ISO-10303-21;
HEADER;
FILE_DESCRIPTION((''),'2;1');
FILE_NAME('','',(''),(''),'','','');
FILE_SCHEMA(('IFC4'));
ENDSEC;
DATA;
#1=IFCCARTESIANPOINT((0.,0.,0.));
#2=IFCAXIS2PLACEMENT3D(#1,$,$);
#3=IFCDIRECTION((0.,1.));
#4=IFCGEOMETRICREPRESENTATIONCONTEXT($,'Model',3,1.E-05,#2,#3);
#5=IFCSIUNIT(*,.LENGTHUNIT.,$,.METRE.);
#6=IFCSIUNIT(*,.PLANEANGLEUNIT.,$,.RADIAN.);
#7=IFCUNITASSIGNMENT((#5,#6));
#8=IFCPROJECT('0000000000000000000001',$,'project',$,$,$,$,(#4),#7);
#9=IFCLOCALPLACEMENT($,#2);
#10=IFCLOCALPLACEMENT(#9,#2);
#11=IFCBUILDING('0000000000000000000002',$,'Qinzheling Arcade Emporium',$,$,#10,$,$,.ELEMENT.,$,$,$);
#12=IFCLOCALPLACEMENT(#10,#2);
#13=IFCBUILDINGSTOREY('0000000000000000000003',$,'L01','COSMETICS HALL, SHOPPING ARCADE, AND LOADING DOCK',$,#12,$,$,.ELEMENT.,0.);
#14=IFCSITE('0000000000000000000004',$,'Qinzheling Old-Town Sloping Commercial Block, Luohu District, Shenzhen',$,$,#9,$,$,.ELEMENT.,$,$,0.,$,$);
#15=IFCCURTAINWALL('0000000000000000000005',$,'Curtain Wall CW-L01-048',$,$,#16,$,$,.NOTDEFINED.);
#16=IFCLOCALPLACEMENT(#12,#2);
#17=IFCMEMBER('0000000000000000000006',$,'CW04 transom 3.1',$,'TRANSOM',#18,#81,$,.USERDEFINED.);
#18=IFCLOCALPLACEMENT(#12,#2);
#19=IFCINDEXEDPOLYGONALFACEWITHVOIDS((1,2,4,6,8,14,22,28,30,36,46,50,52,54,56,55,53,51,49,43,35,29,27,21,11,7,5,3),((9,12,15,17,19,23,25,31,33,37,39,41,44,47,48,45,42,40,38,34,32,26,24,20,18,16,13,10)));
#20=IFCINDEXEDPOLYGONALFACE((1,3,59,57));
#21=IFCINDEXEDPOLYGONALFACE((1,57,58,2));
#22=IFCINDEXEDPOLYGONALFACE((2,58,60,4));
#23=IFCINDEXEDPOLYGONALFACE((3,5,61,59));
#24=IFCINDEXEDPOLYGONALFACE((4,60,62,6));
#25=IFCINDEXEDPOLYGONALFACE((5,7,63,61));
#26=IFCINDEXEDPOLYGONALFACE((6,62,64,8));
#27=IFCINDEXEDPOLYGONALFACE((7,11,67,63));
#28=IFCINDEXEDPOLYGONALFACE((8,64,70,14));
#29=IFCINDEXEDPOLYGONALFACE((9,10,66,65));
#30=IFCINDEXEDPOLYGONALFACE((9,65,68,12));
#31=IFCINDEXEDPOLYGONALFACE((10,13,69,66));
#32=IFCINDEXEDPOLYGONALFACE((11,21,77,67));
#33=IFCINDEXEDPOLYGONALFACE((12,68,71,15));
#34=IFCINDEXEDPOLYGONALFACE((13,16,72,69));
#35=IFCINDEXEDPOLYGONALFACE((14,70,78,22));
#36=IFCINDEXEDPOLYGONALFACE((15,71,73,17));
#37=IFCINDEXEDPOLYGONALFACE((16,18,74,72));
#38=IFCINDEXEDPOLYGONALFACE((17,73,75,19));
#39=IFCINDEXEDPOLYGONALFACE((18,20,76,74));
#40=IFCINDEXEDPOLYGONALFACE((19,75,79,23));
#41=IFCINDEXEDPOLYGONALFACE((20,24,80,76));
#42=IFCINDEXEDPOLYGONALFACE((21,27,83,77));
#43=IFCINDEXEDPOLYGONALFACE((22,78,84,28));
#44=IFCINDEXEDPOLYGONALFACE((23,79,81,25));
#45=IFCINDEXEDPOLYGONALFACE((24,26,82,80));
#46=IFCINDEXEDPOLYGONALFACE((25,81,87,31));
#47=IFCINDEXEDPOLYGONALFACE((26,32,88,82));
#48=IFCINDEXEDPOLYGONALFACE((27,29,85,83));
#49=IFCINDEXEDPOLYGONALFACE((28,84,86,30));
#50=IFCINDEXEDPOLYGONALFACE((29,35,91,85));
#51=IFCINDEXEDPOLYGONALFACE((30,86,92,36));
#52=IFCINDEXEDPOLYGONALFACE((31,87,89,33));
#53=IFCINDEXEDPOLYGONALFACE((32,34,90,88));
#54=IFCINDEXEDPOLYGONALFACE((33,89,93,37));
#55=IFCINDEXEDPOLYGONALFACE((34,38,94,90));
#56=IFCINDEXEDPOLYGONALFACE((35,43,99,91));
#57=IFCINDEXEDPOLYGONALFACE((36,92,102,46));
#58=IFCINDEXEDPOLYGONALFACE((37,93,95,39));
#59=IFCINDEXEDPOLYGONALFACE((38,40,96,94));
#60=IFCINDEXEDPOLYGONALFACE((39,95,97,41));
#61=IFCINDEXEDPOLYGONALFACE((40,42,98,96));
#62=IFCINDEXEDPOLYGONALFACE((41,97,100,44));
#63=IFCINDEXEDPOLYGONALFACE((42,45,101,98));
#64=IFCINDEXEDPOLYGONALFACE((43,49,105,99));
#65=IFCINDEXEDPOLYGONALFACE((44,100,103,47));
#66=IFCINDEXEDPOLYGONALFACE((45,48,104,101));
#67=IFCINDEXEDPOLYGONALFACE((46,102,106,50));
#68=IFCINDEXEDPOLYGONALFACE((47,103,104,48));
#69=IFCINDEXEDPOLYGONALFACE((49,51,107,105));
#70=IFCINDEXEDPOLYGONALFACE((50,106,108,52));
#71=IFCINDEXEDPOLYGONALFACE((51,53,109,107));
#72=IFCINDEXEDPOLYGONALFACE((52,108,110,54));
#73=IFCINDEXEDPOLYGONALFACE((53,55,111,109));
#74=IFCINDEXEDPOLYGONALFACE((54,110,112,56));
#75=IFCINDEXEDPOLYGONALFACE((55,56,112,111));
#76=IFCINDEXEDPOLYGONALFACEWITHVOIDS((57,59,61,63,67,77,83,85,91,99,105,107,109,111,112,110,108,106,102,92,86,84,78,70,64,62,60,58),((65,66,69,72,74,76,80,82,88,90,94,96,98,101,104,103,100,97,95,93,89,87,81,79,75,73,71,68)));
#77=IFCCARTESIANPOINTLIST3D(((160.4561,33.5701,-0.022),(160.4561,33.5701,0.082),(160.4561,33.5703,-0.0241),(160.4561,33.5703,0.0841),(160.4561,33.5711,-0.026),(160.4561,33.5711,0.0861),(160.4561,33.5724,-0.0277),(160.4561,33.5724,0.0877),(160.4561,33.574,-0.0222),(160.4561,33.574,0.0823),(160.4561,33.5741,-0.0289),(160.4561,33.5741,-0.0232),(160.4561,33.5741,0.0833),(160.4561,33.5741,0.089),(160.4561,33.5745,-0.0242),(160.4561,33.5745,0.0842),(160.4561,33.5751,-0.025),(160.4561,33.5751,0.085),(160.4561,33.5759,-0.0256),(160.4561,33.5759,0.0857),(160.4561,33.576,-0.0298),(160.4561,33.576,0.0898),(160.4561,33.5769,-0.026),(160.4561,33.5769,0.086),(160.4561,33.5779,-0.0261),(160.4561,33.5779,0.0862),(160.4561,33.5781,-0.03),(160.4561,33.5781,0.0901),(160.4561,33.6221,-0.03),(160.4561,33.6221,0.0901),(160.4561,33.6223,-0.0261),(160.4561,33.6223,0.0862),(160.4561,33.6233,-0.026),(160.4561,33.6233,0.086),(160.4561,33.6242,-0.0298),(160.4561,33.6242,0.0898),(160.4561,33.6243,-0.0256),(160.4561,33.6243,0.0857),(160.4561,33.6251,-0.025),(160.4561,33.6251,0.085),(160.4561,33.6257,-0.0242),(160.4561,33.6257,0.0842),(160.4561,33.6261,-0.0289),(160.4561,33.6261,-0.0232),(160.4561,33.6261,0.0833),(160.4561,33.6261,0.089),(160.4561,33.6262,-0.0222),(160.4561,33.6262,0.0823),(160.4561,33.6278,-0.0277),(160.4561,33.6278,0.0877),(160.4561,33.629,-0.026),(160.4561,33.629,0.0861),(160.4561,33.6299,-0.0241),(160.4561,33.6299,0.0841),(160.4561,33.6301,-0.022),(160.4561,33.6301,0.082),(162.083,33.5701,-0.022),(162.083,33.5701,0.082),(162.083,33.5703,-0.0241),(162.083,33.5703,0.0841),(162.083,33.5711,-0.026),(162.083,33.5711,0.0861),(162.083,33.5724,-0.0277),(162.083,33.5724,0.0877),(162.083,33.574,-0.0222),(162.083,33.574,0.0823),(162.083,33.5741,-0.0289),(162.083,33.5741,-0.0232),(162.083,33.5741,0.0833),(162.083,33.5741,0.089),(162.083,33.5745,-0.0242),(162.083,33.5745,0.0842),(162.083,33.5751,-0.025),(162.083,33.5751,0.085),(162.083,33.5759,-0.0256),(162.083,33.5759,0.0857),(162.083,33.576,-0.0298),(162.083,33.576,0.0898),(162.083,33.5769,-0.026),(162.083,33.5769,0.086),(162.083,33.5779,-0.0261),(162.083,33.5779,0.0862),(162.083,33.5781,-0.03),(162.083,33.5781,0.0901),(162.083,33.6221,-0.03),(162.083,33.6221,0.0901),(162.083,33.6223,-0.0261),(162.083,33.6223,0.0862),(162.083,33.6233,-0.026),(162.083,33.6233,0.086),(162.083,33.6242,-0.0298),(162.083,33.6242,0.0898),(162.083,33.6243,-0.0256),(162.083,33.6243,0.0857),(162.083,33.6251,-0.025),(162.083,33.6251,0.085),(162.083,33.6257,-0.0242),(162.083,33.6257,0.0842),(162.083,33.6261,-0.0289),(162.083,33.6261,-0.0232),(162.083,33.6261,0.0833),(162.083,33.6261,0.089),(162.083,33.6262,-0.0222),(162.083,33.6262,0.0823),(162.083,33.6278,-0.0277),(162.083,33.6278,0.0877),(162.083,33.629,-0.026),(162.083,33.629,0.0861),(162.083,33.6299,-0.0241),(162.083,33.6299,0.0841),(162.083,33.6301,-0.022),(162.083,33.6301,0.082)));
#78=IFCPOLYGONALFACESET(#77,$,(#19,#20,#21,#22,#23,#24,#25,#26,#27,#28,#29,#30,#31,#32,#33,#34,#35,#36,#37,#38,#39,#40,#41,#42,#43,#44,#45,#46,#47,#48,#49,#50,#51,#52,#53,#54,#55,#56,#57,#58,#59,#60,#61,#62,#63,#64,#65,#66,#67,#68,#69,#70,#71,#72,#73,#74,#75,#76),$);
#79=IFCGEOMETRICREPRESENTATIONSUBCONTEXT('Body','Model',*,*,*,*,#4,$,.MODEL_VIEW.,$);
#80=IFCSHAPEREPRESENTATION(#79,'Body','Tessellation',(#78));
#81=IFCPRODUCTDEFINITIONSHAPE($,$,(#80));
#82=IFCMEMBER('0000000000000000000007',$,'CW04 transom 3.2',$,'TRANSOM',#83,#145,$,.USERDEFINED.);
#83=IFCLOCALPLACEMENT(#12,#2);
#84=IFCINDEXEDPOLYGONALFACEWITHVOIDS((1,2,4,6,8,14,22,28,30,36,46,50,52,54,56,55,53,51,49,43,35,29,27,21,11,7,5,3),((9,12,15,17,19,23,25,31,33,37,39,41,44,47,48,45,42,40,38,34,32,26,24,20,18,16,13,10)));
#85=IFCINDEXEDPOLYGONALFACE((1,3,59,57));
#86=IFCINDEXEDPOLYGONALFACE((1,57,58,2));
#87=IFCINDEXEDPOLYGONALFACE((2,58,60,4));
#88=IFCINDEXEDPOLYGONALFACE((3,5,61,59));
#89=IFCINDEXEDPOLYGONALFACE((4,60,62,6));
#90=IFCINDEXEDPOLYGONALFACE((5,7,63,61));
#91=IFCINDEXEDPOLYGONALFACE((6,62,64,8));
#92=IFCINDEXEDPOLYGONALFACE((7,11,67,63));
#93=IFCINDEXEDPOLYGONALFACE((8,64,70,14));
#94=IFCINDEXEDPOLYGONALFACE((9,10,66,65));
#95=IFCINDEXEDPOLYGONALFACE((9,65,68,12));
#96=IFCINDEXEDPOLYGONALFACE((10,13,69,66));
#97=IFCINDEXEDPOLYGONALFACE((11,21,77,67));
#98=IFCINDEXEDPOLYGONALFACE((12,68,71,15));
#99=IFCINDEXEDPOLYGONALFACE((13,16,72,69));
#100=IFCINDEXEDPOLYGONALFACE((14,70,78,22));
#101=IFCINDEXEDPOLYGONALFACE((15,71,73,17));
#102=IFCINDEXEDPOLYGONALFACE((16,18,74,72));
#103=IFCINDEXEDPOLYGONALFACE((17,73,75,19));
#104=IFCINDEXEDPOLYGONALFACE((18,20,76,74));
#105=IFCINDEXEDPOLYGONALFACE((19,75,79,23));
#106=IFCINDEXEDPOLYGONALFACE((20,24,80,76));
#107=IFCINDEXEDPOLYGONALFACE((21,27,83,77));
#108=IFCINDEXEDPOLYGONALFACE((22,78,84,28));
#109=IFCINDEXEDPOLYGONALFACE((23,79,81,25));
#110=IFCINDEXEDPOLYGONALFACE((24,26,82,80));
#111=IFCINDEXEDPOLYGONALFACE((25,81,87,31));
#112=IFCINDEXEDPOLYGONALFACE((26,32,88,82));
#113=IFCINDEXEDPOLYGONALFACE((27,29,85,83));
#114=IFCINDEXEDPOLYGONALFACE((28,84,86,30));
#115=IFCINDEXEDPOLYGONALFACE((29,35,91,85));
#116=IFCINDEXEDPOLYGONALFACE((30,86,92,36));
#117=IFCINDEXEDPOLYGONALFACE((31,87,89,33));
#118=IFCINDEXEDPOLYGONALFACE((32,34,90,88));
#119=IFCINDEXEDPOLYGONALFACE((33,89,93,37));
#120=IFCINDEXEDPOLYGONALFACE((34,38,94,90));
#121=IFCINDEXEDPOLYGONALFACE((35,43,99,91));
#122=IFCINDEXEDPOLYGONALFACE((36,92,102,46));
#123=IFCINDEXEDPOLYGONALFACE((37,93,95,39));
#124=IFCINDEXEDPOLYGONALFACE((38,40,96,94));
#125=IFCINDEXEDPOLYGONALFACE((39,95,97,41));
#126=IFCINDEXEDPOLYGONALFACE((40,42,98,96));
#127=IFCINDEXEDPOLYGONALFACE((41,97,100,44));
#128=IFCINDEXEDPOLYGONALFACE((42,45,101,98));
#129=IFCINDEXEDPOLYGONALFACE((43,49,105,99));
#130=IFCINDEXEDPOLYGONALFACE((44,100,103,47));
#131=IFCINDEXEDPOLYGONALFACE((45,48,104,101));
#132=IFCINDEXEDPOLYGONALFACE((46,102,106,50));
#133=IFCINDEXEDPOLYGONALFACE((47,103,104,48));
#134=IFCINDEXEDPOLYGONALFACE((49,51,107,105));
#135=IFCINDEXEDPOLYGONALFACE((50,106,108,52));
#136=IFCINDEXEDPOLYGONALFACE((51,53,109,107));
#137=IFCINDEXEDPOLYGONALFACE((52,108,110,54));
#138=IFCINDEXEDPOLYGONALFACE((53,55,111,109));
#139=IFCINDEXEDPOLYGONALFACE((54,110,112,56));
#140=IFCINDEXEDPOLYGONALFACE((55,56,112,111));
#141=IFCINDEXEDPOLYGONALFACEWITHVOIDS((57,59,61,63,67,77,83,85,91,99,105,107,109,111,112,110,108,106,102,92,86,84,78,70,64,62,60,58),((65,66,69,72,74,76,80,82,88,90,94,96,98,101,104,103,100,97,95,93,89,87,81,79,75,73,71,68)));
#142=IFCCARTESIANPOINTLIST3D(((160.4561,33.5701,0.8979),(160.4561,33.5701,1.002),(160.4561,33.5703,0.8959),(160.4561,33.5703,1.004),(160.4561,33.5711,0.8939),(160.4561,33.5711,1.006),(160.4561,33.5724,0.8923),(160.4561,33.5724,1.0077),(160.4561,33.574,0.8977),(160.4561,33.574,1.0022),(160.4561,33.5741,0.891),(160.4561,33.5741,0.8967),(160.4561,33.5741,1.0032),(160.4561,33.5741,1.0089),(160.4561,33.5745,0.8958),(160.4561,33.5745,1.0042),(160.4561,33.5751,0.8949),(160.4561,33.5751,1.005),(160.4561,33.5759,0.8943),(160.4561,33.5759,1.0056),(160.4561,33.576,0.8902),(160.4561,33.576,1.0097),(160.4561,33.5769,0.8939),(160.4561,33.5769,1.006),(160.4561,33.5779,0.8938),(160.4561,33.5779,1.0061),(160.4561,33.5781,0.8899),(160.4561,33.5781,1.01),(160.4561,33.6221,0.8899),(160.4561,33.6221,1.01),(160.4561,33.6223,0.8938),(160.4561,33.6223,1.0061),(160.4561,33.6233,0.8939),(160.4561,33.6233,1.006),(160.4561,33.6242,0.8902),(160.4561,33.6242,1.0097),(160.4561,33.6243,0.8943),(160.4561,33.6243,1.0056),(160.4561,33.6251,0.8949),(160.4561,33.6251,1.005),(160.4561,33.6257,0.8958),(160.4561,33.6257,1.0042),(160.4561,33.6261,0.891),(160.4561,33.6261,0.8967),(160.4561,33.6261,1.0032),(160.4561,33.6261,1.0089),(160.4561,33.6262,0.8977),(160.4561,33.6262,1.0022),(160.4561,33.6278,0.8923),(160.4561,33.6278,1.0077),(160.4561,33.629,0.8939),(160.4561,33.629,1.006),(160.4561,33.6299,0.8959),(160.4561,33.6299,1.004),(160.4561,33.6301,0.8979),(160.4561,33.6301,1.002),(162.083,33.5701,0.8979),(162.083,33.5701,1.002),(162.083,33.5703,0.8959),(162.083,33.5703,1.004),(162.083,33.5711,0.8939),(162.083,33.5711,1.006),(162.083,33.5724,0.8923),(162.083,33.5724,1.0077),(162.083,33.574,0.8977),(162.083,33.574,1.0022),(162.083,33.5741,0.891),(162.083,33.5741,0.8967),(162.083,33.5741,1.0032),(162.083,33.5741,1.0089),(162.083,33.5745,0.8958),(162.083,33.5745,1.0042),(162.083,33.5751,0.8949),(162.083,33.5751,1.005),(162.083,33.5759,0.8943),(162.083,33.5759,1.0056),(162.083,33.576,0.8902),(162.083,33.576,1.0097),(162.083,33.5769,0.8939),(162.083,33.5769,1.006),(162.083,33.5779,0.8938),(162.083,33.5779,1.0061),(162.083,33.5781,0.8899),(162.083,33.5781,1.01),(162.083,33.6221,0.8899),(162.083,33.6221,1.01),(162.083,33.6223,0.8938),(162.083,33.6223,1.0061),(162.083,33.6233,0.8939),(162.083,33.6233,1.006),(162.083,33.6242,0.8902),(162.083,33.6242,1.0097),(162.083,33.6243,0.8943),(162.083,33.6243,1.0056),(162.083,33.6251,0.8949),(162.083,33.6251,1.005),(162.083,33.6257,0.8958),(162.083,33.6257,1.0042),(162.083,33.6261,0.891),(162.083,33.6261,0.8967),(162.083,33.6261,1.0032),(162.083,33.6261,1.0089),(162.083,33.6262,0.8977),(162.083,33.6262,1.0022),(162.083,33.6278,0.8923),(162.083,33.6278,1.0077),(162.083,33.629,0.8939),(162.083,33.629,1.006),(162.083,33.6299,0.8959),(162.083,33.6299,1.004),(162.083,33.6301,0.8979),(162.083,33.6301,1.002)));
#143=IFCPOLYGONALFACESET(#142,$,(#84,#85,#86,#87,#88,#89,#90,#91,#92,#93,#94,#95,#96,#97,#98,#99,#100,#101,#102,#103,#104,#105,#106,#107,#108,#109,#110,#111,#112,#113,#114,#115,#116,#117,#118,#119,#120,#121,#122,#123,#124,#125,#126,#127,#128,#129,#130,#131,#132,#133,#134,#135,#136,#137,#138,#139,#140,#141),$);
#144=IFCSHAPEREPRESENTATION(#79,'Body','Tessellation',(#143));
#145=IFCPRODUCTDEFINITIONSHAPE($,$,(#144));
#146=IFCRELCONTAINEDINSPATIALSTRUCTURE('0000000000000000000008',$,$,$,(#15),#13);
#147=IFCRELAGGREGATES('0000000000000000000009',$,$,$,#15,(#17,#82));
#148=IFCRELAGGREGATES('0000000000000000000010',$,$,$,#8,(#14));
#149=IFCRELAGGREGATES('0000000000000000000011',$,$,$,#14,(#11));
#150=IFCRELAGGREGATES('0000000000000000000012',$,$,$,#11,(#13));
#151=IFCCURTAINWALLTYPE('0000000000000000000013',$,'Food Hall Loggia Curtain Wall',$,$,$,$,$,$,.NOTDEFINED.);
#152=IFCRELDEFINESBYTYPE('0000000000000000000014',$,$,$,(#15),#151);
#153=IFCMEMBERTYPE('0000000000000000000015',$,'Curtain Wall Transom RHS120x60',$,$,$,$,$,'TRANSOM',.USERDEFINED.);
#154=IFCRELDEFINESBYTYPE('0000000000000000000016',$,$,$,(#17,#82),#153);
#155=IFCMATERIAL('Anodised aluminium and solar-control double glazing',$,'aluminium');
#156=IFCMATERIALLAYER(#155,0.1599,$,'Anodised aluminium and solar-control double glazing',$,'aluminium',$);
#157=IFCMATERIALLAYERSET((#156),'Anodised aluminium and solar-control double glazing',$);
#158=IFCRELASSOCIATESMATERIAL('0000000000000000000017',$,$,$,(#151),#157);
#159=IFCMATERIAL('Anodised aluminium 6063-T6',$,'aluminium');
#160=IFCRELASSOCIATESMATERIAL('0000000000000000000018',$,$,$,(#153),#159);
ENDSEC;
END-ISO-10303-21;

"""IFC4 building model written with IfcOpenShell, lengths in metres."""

from ifc_helpers import new_model, si_unit, direction, frame, origin, origin_2d, place, context, subcontext, project, spatial, hollow_rectangle, extrude, material, layer, layer_set, material_profile, profile_set, type_object, element, aggregate, save


model = new_model("IFC4")

# Units and contexts
model_context = context("Model", 3, precision=1e-05, world=origin(), true_north=direction((0.0, 1.0)))
body_context = subcontext(model_context, "Body", "Model", "MODEL_VIEW")
ifc_project = project(units=[si_unit("LENGTHUNIT", "METRE"), si_unit("PLANEANGLEUNIT", "RADIAN")], contexts=[model_context])

# Site, building, storey
site_placement = place(None, origin())
site = spatial("IfcSite", under=ifc_project, at=site_placement, Name="Qinzheling Old-Town Sloping Commercial Block, Luohu District, Shenzhen", CompositionType="ELEMENT", RefElevation=0.0)
building_placement = place(site_placement, origin())
building = spatial("IfcBuilding", under=site, at=building_placement, Name="Qinzheling Arcade Emporium", CompositionType="ELEMENT")
storey_placement = place(building_placement, origin())
storey = spatial("IfcBuildingStorey", under=building, at=storey_placement, Name="L01", Description="COSMETICS HALL, SHOPPING ARCADE, AND LOADING DOCK", CompositionType="ELEMENT", Elevation=0.0)

# Curtain wall, members
ifc_material_1 = material(Name="Anodised aluminium and solar-control double glazing", Category="aluminium")
ifc_layer_1 = layer(ifc_material_1, 0.1599, Name="Anodised aluminium and solar-control double glazing", Category="aluminium")
ifc_layer_set_1 = layer_set([ifc_layer_1], Name="Anodised aluminium and solar-control double glazing")
curtain_wall_type = type_object("IfcCurtainWallType", Name="Food Hall Loggia Curtain Wall", PredefinedType="NOTDEFINED", material=ifc_layer_set_1)
curtain_wall_placement = place(storey_placement, origin())
curtain_wall = element("IfcCurtainWall", 1, at=curtain_wall_placement, inside=storey, type_object=curtain_wall_type, Name="Curtain Wall CW-L01-048", PredefinedType="NOTDEFINED")
ifc_material_2 = material(Name="Anodised aluminium 6063-T6", Category="aluminium")
ifc_material_profile_1 = material_profile(ifc_material_2, hollow_rectangle(XDim=0.0601, YDim=0.1201, WallThickness=0.0039, InnerFilletRadius=0.0039, OuterFilletRadius=0.0081, at=origin_2d()), Name="RHS 120x60x4", Category="aluminium")
ifc_profile_set_1 = profile_set([ifc_material_profile_1], Name="Anodised aluminium 6063-T6")
member_type_1 = type_object("IfcMemberType", Name="Curtain Wall Transom RHS120x60", ElementType="TRANSOM", PredefinedType="USERDEFINED", material=ifc_profile_set_1)
member_1_placement = place(storey_placement, frame((160.4561, 33.6001, 0.03), z_axis=(1.0, 0.0, 0.0), x_axis=(0.0, 1.0, 0.0)))
member_1 = element("IfcMember", 2, at=member_1_placement, type_object=member_type_1, Name="CW04 transom 3.1", ObjectType="TRANSOM", PredefinedType="USERDEFINED", context=body_context, shape_type="SweptSolid", body=[
    extrude(hollow_rectangle(XDim=0.0601, YDim=0.1201, WallThickness=0.0039, InnerFilletRadius=0.0039, OuterFilletRadius=0.0081, at=origin_2d()), origin(), (0.0, 0.0, 1.0), 1.627),
])
member_2_placement = place(storey_placement, frame((160.4561, 33.6001, 0.95), z_axis=(1.0, 0.0, 0.0), x_axis=(0.0, 1.0, 0.0)))
member_2 = element("IfcMember", 3, at=member_2_placement, type_object=member_type_1, Name="CW04 transom 3.2", ObjectType="TRANSOM", PredefinedType="USERDEFINED", context=body_context, shape_type="SweptSolid", body=[
    extrude(hollow_rectangle(XDim=0.0601, YDim=0.1201, WallThickness=0.0039, InnerFilletRadius=0.0039, OuterFilletRadius=0.0081, at=origin_2d()), origin(), (0.0, 0.0, 1.0), 1.627),
])
aggregate(curtain_wall, [member_1, member_2])

save(model, "model.ifc")
